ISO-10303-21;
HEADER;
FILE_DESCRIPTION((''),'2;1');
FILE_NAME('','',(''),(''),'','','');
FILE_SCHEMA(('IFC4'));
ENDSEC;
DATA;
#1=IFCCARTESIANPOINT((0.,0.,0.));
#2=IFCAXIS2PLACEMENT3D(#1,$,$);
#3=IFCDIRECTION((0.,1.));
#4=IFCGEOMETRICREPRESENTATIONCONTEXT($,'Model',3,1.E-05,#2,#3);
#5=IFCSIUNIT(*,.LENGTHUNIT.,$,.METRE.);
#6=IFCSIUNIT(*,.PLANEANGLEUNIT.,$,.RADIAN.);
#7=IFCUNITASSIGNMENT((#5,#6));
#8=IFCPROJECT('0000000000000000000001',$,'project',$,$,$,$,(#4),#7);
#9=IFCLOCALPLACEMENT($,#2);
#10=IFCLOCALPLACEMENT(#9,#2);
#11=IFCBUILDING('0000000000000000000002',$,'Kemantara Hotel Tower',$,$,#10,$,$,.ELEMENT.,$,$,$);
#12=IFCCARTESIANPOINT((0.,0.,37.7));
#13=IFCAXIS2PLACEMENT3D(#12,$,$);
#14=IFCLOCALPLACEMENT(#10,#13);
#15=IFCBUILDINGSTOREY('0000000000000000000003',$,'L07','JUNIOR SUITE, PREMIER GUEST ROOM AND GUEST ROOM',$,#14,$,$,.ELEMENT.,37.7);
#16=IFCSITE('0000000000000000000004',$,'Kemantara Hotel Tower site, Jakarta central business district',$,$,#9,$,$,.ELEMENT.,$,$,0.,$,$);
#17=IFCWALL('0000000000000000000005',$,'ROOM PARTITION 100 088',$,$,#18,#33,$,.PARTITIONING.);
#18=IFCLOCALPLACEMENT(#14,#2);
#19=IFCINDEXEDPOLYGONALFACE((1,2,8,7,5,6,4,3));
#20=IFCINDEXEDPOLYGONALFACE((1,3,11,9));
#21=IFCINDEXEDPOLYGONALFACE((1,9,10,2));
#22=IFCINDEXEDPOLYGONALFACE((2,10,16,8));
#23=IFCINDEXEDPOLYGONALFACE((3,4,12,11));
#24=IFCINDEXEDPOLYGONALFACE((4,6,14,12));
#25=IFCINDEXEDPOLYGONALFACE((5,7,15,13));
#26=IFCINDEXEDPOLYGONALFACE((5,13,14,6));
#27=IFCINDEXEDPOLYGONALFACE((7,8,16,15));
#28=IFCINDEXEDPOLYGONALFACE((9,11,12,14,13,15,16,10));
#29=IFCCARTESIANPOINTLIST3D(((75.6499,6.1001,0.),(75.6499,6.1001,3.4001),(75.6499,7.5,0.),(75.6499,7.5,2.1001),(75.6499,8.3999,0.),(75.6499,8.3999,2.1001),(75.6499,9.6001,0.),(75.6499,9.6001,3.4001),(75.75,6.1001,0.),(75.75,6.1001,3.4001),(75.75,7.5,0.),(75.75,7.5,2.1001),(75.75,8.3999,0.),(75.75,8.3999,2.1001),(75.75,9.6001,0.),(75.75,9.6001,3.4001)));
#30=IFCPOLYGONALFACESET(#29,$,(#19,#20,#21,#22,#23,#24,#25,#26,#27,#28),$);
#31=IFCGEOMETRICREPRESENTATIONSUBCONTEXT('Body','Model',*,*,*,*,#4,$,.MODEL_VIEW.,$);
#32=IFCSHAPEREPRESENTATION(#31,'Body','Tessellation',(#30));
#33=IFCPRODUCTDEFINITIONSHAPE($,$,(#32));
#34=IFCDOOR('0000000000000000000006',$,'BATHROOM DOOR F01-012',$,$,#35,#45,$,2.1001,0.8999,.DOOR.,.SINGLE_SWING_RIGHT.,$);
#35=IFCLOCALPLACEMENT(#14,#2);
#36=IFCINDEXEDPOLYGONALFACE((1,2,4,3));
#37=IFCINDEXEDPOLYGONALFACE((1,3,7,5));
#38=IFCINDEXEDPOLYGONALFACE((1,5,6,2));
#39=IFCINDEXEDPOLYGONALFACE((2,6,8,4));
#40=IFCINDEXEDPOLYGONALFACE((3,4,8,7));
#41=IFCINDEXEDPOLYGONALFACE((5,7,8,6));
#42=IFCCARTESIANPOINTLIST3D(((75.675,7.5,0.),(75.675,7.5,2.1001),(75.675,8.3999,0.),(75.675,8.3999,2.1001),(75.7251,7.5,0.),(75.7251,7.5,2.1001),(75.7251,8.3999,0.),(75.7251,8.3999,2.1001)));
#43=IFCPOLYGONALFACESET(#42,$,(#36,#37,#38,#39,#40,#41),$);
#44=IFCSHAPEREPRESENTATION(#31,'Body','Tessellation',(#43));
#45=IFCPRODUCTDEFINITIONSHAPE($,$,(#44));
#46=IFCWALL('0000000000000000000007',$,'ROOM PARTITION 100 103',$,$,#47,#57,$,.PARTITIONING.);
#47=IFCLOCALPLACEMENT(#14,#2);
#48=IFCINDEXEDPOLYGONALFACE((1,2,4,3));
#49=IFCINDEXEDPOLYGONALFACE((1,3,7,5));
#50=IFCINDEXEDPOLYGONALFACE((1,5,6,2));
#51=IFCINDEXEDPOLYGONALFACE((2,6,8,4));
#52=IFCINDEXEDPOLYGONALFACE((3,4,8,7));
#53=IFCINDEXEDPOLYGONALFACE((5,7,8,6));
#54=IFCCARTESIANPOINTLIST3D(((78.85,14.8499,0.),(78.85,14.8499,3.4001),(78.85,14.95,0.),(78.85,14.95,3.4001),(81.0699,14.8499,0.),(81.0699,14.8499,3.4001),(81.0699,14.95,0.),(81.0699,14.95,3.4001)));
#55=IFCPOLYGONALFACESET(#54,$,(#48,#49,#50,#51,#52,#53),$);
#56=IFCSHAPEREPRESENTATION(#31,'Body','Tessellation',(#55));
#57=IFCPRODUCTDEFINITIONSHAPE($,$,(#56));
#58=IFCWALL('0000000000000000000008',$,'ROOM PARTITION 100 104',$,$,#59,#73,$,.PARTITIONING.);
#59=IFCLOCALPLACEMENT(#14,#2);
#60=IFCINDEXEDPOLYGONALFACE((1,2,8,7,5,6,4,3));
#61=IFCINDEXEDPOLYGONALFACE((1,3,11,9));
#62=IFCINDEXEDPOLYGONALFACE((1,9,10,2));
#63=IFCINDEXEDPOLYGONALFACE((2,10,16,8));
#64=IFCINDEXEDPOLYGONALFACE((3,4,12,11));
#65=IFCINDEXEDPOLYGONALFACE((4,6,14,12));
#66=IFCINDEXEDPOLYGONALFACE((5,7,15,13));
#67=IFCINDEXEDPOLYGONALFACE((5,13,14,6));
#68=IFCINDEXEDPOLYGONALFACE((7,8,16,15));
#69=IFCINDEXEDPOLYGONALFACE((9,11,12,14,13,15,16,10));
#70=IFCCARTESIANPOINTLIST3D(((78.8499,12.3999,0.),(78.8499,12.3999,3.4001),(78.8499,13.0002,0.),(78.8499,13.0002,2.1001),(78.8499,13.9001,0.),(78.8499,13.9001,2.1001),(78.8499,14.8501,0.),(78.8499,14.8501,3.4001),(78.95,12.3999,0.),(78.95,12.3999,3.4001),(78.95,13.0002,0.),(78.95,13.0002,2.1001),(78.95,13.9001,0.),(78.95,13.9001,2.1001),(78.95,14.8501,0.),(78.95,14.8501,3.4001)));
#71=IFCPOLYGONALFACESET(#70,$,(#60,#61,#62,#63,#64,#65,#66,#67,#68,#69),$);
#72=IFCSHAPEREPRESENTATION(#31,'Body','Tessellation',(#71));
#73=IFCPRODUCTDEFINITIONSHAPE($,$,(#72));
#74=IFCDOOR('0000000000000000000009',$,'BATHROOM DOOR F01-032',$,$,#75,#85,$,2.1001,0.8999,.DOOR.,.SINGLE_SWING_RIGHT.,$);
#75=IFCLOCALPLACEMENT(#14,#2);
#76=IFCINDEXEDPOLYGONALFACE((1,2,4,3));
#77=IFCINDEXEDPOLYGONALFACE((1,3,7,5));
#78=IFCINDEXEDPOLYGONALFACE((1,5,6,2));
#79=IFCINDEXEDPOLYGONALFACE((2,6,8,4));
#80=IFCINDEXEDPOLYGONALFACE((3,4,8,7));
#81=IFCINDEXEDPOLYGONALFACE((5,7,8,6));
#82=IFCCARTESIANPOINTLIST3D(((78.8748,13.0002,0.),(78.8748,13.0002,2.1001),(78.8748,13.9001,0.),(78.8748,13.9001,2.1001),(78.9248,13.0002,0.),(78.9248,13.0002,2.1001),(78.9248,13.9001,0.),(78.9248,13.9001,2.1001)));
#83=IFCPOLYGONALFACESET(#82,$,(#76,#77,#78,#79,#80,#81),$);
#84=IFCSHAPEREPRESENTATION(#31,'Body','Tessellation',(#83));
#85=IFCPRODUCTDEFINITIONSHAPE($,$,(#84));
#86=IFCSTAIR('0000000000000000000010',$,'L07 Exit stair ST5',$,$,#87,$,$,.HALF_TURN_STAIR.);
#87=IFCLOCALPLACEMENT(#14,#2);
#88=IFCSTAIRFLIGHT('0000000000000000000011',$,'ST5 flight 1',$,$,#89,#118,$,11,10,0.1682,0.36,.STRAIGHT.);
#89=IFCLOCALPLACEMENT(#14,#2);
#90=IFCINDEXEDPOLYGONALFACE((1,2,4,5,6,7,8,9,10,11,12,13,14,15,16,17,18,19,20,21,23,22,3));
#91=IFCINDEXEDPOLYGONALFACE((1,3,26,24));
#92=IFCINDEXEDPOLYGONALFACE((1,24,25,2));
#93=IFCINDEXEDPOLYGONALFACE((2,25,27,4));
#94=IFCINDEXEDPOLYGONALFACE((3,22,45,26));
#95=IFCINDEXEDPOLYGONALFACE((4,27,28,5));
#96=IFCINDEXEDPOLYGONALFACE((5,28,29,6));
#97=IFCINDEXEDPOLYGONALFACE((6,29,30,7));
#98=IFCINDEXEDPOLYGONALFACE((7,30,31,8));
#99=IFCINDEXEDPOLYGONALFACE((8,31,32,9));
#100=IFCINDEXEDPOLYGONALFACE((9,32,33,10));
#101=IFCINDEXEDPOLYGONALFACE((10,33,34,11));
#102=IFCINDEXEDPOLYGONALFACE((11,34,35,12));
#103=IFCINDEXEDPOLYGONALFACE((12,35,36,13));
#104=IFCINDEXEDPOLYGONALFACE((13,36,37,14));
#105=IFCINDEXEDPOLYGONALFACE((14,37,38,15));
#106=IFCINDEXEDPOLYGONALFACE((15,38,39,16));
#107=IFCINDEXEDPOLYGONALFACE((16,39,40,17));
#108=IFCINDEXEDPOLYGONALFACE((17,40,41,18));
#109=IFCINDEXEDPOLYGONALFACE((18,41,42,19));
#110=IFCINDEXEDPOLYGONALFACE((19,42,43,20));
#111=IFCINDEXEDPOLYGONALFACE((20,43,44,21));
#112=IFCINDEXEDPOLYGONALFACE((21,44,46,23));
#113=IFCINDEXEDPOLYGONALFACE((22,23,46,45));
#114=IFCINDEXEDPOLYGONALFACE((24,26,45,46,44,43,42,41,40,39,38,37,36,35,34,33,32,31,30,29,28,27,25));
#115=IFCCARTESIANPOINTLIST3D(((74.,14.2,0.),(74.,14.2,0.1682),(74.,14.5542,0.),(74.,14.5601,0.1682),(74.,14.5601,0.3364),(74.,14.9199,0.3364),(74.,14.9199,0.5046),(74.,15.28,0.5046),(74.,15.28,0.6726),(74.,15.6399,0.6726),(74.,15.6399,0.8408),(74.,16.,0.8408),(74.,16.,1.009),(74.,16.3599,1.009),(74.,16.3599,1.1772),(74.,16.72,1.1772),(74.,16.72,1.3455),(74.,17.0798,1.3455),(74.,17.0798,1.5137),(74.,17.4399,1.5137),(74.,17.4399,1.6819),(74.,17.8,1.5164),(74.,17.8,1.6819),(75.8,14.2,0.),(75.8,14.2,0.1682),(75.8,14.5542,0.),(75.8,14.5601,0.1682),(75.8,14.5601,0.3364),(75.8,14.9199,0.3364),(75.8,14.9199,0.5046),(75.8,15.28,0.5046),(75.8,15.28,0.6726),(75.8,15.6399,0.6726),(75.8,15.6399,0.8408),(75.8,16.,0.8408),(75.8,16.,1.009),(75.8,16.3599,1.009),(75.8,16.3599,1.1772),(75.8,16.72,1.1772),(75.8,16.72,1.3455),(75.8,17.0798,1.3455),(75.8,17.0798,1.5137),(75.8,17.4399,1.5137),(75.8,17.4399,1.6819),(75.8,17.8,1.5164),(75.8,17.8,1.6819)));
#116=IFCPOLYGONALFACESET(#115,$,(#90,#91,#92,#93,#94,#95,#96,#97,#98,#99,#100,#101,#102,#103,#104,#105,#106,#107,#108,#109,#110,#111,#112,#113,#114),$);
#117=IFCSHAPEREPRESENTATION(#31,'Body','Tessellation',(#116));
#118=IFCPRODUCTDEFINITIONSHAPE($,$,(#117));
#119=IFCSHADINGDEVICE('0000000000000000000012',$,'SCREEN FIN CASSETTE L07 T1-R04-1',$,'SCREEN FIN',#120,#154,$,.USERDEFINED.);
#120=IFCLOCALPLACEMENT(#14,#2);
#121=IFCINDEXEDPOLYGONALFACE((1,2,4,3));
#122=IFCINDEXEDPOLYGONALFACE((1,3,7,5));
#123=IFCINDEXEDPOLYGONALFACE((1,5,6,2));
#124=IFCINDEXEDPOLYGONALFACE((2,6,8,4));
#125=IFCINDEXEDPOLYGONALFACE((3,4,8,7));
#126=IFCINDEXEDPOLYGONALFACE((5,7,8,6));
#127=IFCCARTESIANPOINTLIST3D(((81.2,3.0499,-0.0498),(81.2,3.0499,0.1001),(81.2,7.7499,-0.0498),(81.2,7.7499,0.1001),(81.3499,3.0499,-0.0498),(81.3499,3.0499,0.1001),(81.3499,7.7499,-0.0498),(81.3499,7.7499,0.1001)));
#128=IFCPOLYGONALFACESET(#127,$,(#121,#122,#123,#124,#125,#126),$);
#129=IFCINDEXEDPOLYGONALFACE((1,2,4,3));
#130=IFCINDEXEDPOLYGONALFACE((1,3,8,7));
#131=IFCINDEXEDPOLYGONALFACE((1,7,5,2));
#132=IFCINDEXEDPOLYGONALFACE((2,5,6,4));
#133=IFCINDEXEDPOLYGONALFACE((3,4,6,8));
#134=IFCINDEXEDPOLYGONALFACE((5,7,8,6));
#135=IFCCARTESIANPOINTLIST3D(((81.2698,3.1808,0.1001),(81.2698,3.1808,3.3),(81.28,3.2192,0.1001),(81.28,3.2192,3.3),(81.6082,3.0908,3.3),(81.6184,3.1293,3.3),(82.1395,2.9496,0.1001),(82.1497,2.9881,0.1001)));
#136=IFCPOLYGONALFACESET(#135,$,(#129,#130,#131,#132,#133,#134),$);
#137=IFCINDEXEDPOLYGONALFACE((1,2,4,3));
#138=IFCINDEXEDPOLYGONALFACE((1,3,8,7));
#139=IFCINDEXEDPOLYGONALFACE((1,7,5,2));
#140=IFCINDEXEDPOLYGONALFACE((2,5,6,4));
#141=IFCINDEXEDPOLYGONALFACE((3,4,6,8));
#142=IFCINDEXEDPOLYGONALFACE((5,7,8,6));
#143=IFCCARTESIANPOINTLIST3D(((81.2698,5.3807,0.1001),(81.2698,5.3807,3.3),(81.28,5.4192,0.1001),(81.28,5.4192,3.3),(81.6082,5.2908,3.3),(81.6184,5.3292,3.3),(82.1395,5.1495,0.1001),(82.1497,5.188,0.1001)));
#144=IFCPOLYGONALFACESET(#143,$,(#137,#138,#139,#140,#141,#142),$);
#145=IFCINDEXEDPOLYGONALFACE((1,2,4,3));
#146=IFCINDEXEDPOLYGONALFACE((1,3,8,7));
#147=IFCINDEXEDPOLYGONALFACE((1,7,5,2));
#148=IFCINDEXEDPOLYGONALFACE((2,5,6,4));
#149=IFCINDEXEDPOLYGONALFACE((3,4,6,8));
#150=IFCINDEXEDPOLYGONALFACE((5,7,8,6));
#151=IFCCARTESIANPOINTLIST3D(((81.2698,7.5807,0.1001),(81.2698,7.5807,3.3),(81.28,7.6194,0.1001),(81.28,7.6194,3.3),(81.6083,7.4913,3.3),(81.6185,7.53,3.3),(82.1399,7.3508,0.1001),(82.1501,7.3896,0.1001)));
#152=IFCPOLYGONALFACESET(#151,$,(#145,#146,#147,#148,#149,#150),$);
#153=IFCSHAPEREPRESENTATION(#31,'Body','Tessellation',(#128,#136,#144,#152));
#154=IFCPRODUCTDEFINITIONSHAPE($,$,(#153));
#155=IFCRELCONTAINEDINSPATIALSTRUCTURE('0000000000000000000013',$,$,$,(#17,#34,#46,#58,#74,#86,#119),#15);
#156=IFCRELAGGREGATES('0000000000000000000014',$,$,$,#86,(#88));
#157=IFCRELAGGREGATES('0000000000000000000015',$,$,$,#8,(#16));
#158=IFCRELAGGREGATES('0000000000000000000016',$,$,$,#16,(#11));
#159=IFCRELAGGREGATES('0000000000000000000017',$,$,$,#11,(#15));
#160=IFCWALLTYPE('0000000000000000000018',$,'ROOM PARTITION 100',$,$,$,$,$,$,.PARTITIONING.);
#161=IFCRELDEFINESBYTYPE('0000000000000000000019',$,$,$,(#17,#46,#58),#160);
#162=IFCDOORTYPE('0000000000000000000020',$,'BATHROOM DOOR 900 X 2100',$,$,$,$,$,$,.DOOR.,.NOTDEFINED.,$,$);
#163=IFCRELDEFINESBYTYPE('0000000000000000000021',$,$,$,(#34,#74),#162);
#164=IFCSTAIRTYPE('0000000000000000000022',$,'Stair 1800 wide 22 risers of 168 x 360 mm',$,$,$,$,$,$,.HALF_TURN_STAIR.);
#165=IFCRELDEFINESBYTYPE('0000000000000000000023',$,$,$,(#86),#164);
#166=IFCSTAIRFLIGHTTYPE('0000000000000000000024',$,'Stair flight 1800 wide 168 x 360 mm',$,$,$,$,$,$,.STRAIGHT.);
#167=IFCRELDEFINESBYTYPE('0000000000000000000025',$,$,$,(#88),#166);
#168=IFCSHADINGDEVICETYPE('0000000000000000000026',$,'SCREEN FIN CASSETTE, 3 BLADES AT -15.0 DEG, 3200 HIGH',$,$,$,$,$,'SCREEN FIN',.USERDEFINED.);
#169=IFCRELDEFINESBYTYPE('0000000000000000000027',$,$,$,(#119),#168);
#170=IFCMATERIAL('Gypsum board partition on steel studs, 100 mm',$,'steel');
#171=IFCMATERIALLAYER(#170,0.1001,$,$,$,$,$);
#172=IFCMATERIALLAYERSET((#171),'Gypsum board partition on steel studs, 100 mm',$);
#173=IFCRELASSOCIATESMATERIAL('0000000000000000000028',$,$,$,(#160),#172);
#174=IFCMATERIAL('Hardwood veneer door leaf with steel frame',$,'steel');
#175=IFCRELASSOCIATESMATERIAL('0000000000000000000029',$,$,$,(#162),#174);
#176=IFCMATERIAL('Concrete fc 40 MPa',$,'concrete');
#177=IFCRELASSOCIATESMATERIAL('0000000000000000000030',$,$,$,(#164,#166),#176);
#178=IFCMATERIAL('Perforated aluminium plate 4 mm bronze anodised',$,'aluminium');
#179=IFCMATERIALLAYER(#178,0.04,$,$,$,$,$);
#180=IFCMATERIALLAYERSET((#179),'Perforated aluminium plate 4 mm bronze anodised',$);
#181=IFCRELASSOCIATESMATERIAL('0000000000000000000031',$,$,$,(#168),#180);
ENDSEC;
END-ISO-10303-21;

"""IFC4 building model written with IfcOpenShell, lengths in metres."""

from ifc_helpers import new_model, si_unit, direction, frame, frame_2d, origin, origin_2d, place, context, subcontext, project, spatial, polyline, rectangle, outline, extrude, source, transform, mapped, material, layer, layer_set, type_object, element, fill, aggregate, save


model = new_model("IFC4")

# Units and contexts
model_context = context("Model", 3, precision=1e-05, world=origin(), true_north=direction((0.0, 1.0)))
body_context = subcontext(model_context, "Body", "Model", "MODEL_VIEW")
ifc_project = project(units=[si_unit("LENGTHUNIT", "METRE"), si_unit("PLANEANGLEUNIT", "RADIAN")], contexts=[model_context])

# Site, building, storey
site_placement = place(None, origin())
site = spatial("IfcSite", under=ifc_project, at=site_placement, Name="Kemantara Hotel Tower site, Jakarta central business district", CompositionType="ELEMENT", RefElevation=0.0)
building_placement = place(site_placement, origin())
building = spatial("IfcBuilding", under=site, at=building_placement, Name="Kemantara Hotel Tower", CompositionType="ELEMENT")
storey_placement = place(building_placement, frame((0.0, 0.0, 37.7)))
storey = spatial("IfcBuildingStorey", under=building, at=storey_placement, Name="L07", Description="JUNIOR SUITE, PREMIER GUEST ROOM AND GUEST ROOM", CompositionType="ELEMENT", Elevation=37.7)

# Shared definitions
ifc_material_1 = material(Name="Hardwood veneer door leaf with steel frame", Category="steel")
ifc_material_2 = material(Name="Concrete fc 40 MPa", Category="concrete")

# Shared definitions
ifc_material_3 = material(Name="Gypsum board partition on steel studs, 100 mm", Category="steel")
ifc_layer_1 = layer(ifc_material_3, 0.1001)
ifc_layer_set_1 = layer_set([ifc_layer_1], Name="Gypsum board partition on steel studs, 100 mm")
wall_type_1 = type_object("IfcWallType", Name="ROOM PARTITION 100", PredefinedType="PARTITIONING", material=ifc_layer_set_1)

# Wall, opening, door
wall_1_placement = place(storey_placement, frame((75.7, 6.1001, 0.0), z_axis=(0.0, 0.0, 1.0), x_axis=(0.0, 1.0, 0.0)))
wall_1 = element("IfcWall", 1, at=wall_1_placement, inside=storey, type_object=wall_type_1, Name="ROOM PARTITION 100 088", PredefinedType="PARTITIONING", context=body_context, shape_type="SweptSolid", body=[
    extrude(rectangle(XDim=3.5, YDim=0.1001, at=frame_2d((1.75, 0.0))), origin(), (0.0, 0.0, 1.0), 3.4001),
])
opening_1_placement = place(wall_1_placement, frame((1.3999, 0.0, 0.0)))
opening_1 = element("IfcOpeningElement", 2, at=opening_1_placement, cuts=wall_1, PredefinedType="OPENING", context=body_context, shape_type="SweptSolid", body=[
    extrude(rectangle(XDim=0.8999, YDim=2.1001, at=frame_2d((0.45, 1.05))), frame((0.0, 0.0601, 0.0), z_axis=(0.0, -1.0, 0.0), x_axis=(1.0, 0.0, 0.0)), (0.0, 0.0, 1.0), 0.1201),
])
door_type_1 = type_object("IfcDoorType", Name="BATHROOM DOOR 900 X 2100", OperationType="NOTDEFINED", PredefinedType="DOOR", material=ifc_material_1)
door_1_placement = place(opening_1_placement, origin())
door_1 = element("IfcDoor", 3, at=door_1_placement, inside=storey, type_object=door_type_1, Name="BATHROOM DOOR F01-012", OperationType="SINGLE_SWING_RIGHT", OverallHeight=2.1001, OverallWidth=0.8999, PredefinedType="DOOR", context=body_context, shape_type="SweptSolid", body=[
    extrude(rectangle(XDim=0.8999, YDim=2.1001, at=frame_2d((0.45, 1.05))), frame((0.0, 0.0249, 0.0), z_axis=(0.0, -1.0, 0.0), x_axis=(1.0, 0.0, 0.0)), (0.0, 0.0, 1.0), 0.05),
])
fill(opening_1, door_1)

# Wall
wall_2_placement = place(storey_placement, frame((78.8501, 14.8999, 0.0), z_axis=(0.0, 0.0, 1.0), x_axis=(1.0, 0.0, 0.0)))
element("IfcWall", 4, at=wall_2_placement, inside=storey, type_object=wall_type_1, Name="ROOM PARTITION 100 103", PredefinedType="PARTITIONING", context=body_context, shape_type="SweptSolid", body=[
    extrude(rectangle(XDim=2.22, YDim=0.1001, at=frame_2d((1.1099, 0.0))), origin(), (0.0, 0.0, 1.0), 3.4001),
])

# Wall, opening, door
wall_3_placement = place(storey_placement, frame((78.8999, 14.8501, 0.0), z_axis=(0.0, 0.0, 1.0), x_axis=(0.0, -1.0, 0.0)))
wall_3 = element("IfcWall", 5, at=wall_3_placement, inside=storey, type_object=wall_type_1, Name="ROOM PARTITION 100 104", PredefinedType="PARTITIONING", context=body_context, shape_type="SweptSolid", body=[
    extrude(rectangle(XDim=2.4502, YDim=0.1001, at=frame_2d((1.2251, 0.0))), origin(), (0.0, 0.0, 1.0), 3.4001),
])
opening_2_placement = place(wall_3_placement, frame((0.95, 0.0, 0.0)))
opening_2 = element("IfcOpeningElement", 6, at=opening_2_placement, cuts=wall_3, PredefinedType="OPENING", context=body_context, shape_type="SweptSolid", body=[
    extrude(rectangle(XDim=0.8999, YDim=2.1001, at=frame_2d((0.45, 1.05))), frame((0.0, 0.0601, 0.0), z_axis=(0.0, -1.0, 0.0), x_axis=(1.0, 0.0, 0.0)), (0.0, 0.0, 1.0), 0.1201),
])
door_2_placement = place(opening_2_placement, origin())
door_2 = element("IfcDoor", 7, at=door_2_placement, inside=storey, type_object=door_type_1, Name="BATHROOM DOOR F01-032", OperationType="SINGLE_SWING_RIGHT", OverallHeight=2.1001, OverallWidth=0.8999, PredefinedType="DOOR", context=body_context, shape_type="SweptSolid", body=[
    extrude(rectangle(XDim=0.8999, YDim=2.1001, at=frame_2d((0.45, 1.05))), frame((0.0, 0.0249, 0.0), z_axis=(0.0, -1.0, 0.0), x_axis=(1.0, 0.0, 0.0)), (0.0, 0.0, 1.0), 0.05),
])
fill(opening_2, door_2)

# Stair, stair flight
stair_type = type_object("IfcStairType", Name="Stair 1800 wide 22 risers of 168 x 360 mm", PredefinedType="HALF_TURN_STAIR", material=ifc_material_2)
stair_placement = place(storey_placement, origin())
stair = element("IfcStair", 8, at=stair_placement, inside=storey, type_object=stair_type, Name="L07 Exit stair ST5", PredefinedType="HALF_TURN_STAIR")
stair_flight_type = type_object("IfcStairFlightType", Name="Stair flight 1800 wide 168 x 360 mm", PredefinedType="STRAIGHT", material=ifc_material_2)
stair_flight_placement = place(storey_placement, frame((74.8999, 14.2, 0.0), z_axis=(0.0, 0.0, 1.0), x_axis=(0.0, 1.0, 0.0)))
stair_flight = element("IfcStairFlight", 9, at=stair_flight_placement, type_object=stair_flight_type, Name="ST5 flight 1", NumberOfRisers=11, NumberOfTreads=10, PredefinedType="STRAIGHT", RiserHeight=0.1682, TreadLength=0.36, context=body_context, shape_type="SweptSolid", body=[
    extrude(outline(polyline([(0.0, 0.0), (0.0, 0.1682), (0.3601, 0.1682), (0.3601, 0.3364), (0.72, 0.3364), (0.72, 0.5046), (1.0801, 0.5046), (1.0801, 0.6726), (1.4399, 0.6726), (1.4399, 0.8408), (1.8, 0.8408), (1.8, 1.009), (2.1599, 1.009), (2.1599, 1.1772), (2.52, 1.1772), (2.52, 1.3455), (2.8799, 1.3455), (2.8799, 1.5137), (3.24, 1.5137), (3.24, 1.6819), (3.6001, 1.6819), (3.6001, 1.8501), (3.6001, 1.5164), (0.3542, 0.0), (0.0, 0.0)])), frame((0.0, 0.8999, 0.0), z_axis=(0.0, -1.0, 0.0), x_axis=(1.0, 0.0, 0.0)), (0.0, 0.0, 1.0), 1.8),
])
aggregate(stair, [stair_flight])

# Shading device
ifc_material_4 = material(Name="Perforated aluminium plate 4 mm bronze anodised", Category="aluminium")
ifc_layer_2 = layer(ifc_material_4, 0.04)
ifc_layer_set_2 = layer_set([ifc_layer_2], Name="Perforated aluminium plate 4 mm bronze anodised")
shading_device_type_1 = type_object("IfcShadingDeviceType", Name="SCREEN FIN CASSETTE, 3 BLADES AT -15.0 DEG, 3200 HIGH", ElementType="SCREEN FIN", PredefinedType="USERDEFINED", material=ifc_layer_set_2)
shared_shape_1 = source(origin(), body_context, "Body", "SweptSolid", [
    extrude(rectangle(XDim=4.7, YDim=0.1499, at=origin_2d()), frame((2.2, -0.075, -0.1499), z_axis=(0.0, 0.0, 1.0), x_axis=(1.0, 0.0, 0.0)), (0.0, 0.0, 1.0), 0.1499),
    extrude(outline(polyline([(0.0, 0.0), (0.8999, 0.0), (0.3501, 3.2), (0.0, 3.2), (0.0, 0.0)])), frame((0.0193, -0.0801, 0.0), z_axis=(-0.966438, 0.256901, 0.0), x_axis=(-0.256901, -0.966438, 0.0)), (0.0, 0.0, 1.0), 0.0398),
    extrude(outline(polyline([(0.0, 0.0), (0.8999, 0.0), (0.3501, 3.2), (0.0, 3.2), (0.0, 0.0)])), frame((2.2192, -0.0801, 0.0), z_axis=(-0.966438, 0.256901, 0.0), x_axis=(-0.256901, -0.966438, 0.0)), (0.0, 0.0, 1.0), 0.0398),
    extrude(outline(polyline([(0.0, 0.0), (0.8999, 0.0), (0.3501, 3.2), (0.0, 3.2), (0.0, 0.0)])), frame((4.4194, -0.0801, 0.0), z_axis=(-0.966838, 0.255391, 0.0), x_axis=(-0.255391, -0.966838, 0.0)), (0.0, 0.0, 1.0), 0.04),
])
shading_device_1_placement = place(storey_placement, frame((81.2, 3.2, 0.1001), z_axis=(0.0, 0.0, 1.0), x_axis=(0.0, 1.0, 0.0)))
element("IfcShadingDevice", 10, at=shading_device_1_placement, inside=storey, type_object=shading_device_type_1, Name="SCREEN FIN CASSETTE L07 T1-R04-1", ObjectType="SCREEN FIN", PredefinedType="USERDEFINED", context=body_context, shape_type="MappedRepresentation", body=[
    mapped(shared_shape_1, transform((0.0, 0.0, 0.0))),
])

save(model, "model.ifc")
